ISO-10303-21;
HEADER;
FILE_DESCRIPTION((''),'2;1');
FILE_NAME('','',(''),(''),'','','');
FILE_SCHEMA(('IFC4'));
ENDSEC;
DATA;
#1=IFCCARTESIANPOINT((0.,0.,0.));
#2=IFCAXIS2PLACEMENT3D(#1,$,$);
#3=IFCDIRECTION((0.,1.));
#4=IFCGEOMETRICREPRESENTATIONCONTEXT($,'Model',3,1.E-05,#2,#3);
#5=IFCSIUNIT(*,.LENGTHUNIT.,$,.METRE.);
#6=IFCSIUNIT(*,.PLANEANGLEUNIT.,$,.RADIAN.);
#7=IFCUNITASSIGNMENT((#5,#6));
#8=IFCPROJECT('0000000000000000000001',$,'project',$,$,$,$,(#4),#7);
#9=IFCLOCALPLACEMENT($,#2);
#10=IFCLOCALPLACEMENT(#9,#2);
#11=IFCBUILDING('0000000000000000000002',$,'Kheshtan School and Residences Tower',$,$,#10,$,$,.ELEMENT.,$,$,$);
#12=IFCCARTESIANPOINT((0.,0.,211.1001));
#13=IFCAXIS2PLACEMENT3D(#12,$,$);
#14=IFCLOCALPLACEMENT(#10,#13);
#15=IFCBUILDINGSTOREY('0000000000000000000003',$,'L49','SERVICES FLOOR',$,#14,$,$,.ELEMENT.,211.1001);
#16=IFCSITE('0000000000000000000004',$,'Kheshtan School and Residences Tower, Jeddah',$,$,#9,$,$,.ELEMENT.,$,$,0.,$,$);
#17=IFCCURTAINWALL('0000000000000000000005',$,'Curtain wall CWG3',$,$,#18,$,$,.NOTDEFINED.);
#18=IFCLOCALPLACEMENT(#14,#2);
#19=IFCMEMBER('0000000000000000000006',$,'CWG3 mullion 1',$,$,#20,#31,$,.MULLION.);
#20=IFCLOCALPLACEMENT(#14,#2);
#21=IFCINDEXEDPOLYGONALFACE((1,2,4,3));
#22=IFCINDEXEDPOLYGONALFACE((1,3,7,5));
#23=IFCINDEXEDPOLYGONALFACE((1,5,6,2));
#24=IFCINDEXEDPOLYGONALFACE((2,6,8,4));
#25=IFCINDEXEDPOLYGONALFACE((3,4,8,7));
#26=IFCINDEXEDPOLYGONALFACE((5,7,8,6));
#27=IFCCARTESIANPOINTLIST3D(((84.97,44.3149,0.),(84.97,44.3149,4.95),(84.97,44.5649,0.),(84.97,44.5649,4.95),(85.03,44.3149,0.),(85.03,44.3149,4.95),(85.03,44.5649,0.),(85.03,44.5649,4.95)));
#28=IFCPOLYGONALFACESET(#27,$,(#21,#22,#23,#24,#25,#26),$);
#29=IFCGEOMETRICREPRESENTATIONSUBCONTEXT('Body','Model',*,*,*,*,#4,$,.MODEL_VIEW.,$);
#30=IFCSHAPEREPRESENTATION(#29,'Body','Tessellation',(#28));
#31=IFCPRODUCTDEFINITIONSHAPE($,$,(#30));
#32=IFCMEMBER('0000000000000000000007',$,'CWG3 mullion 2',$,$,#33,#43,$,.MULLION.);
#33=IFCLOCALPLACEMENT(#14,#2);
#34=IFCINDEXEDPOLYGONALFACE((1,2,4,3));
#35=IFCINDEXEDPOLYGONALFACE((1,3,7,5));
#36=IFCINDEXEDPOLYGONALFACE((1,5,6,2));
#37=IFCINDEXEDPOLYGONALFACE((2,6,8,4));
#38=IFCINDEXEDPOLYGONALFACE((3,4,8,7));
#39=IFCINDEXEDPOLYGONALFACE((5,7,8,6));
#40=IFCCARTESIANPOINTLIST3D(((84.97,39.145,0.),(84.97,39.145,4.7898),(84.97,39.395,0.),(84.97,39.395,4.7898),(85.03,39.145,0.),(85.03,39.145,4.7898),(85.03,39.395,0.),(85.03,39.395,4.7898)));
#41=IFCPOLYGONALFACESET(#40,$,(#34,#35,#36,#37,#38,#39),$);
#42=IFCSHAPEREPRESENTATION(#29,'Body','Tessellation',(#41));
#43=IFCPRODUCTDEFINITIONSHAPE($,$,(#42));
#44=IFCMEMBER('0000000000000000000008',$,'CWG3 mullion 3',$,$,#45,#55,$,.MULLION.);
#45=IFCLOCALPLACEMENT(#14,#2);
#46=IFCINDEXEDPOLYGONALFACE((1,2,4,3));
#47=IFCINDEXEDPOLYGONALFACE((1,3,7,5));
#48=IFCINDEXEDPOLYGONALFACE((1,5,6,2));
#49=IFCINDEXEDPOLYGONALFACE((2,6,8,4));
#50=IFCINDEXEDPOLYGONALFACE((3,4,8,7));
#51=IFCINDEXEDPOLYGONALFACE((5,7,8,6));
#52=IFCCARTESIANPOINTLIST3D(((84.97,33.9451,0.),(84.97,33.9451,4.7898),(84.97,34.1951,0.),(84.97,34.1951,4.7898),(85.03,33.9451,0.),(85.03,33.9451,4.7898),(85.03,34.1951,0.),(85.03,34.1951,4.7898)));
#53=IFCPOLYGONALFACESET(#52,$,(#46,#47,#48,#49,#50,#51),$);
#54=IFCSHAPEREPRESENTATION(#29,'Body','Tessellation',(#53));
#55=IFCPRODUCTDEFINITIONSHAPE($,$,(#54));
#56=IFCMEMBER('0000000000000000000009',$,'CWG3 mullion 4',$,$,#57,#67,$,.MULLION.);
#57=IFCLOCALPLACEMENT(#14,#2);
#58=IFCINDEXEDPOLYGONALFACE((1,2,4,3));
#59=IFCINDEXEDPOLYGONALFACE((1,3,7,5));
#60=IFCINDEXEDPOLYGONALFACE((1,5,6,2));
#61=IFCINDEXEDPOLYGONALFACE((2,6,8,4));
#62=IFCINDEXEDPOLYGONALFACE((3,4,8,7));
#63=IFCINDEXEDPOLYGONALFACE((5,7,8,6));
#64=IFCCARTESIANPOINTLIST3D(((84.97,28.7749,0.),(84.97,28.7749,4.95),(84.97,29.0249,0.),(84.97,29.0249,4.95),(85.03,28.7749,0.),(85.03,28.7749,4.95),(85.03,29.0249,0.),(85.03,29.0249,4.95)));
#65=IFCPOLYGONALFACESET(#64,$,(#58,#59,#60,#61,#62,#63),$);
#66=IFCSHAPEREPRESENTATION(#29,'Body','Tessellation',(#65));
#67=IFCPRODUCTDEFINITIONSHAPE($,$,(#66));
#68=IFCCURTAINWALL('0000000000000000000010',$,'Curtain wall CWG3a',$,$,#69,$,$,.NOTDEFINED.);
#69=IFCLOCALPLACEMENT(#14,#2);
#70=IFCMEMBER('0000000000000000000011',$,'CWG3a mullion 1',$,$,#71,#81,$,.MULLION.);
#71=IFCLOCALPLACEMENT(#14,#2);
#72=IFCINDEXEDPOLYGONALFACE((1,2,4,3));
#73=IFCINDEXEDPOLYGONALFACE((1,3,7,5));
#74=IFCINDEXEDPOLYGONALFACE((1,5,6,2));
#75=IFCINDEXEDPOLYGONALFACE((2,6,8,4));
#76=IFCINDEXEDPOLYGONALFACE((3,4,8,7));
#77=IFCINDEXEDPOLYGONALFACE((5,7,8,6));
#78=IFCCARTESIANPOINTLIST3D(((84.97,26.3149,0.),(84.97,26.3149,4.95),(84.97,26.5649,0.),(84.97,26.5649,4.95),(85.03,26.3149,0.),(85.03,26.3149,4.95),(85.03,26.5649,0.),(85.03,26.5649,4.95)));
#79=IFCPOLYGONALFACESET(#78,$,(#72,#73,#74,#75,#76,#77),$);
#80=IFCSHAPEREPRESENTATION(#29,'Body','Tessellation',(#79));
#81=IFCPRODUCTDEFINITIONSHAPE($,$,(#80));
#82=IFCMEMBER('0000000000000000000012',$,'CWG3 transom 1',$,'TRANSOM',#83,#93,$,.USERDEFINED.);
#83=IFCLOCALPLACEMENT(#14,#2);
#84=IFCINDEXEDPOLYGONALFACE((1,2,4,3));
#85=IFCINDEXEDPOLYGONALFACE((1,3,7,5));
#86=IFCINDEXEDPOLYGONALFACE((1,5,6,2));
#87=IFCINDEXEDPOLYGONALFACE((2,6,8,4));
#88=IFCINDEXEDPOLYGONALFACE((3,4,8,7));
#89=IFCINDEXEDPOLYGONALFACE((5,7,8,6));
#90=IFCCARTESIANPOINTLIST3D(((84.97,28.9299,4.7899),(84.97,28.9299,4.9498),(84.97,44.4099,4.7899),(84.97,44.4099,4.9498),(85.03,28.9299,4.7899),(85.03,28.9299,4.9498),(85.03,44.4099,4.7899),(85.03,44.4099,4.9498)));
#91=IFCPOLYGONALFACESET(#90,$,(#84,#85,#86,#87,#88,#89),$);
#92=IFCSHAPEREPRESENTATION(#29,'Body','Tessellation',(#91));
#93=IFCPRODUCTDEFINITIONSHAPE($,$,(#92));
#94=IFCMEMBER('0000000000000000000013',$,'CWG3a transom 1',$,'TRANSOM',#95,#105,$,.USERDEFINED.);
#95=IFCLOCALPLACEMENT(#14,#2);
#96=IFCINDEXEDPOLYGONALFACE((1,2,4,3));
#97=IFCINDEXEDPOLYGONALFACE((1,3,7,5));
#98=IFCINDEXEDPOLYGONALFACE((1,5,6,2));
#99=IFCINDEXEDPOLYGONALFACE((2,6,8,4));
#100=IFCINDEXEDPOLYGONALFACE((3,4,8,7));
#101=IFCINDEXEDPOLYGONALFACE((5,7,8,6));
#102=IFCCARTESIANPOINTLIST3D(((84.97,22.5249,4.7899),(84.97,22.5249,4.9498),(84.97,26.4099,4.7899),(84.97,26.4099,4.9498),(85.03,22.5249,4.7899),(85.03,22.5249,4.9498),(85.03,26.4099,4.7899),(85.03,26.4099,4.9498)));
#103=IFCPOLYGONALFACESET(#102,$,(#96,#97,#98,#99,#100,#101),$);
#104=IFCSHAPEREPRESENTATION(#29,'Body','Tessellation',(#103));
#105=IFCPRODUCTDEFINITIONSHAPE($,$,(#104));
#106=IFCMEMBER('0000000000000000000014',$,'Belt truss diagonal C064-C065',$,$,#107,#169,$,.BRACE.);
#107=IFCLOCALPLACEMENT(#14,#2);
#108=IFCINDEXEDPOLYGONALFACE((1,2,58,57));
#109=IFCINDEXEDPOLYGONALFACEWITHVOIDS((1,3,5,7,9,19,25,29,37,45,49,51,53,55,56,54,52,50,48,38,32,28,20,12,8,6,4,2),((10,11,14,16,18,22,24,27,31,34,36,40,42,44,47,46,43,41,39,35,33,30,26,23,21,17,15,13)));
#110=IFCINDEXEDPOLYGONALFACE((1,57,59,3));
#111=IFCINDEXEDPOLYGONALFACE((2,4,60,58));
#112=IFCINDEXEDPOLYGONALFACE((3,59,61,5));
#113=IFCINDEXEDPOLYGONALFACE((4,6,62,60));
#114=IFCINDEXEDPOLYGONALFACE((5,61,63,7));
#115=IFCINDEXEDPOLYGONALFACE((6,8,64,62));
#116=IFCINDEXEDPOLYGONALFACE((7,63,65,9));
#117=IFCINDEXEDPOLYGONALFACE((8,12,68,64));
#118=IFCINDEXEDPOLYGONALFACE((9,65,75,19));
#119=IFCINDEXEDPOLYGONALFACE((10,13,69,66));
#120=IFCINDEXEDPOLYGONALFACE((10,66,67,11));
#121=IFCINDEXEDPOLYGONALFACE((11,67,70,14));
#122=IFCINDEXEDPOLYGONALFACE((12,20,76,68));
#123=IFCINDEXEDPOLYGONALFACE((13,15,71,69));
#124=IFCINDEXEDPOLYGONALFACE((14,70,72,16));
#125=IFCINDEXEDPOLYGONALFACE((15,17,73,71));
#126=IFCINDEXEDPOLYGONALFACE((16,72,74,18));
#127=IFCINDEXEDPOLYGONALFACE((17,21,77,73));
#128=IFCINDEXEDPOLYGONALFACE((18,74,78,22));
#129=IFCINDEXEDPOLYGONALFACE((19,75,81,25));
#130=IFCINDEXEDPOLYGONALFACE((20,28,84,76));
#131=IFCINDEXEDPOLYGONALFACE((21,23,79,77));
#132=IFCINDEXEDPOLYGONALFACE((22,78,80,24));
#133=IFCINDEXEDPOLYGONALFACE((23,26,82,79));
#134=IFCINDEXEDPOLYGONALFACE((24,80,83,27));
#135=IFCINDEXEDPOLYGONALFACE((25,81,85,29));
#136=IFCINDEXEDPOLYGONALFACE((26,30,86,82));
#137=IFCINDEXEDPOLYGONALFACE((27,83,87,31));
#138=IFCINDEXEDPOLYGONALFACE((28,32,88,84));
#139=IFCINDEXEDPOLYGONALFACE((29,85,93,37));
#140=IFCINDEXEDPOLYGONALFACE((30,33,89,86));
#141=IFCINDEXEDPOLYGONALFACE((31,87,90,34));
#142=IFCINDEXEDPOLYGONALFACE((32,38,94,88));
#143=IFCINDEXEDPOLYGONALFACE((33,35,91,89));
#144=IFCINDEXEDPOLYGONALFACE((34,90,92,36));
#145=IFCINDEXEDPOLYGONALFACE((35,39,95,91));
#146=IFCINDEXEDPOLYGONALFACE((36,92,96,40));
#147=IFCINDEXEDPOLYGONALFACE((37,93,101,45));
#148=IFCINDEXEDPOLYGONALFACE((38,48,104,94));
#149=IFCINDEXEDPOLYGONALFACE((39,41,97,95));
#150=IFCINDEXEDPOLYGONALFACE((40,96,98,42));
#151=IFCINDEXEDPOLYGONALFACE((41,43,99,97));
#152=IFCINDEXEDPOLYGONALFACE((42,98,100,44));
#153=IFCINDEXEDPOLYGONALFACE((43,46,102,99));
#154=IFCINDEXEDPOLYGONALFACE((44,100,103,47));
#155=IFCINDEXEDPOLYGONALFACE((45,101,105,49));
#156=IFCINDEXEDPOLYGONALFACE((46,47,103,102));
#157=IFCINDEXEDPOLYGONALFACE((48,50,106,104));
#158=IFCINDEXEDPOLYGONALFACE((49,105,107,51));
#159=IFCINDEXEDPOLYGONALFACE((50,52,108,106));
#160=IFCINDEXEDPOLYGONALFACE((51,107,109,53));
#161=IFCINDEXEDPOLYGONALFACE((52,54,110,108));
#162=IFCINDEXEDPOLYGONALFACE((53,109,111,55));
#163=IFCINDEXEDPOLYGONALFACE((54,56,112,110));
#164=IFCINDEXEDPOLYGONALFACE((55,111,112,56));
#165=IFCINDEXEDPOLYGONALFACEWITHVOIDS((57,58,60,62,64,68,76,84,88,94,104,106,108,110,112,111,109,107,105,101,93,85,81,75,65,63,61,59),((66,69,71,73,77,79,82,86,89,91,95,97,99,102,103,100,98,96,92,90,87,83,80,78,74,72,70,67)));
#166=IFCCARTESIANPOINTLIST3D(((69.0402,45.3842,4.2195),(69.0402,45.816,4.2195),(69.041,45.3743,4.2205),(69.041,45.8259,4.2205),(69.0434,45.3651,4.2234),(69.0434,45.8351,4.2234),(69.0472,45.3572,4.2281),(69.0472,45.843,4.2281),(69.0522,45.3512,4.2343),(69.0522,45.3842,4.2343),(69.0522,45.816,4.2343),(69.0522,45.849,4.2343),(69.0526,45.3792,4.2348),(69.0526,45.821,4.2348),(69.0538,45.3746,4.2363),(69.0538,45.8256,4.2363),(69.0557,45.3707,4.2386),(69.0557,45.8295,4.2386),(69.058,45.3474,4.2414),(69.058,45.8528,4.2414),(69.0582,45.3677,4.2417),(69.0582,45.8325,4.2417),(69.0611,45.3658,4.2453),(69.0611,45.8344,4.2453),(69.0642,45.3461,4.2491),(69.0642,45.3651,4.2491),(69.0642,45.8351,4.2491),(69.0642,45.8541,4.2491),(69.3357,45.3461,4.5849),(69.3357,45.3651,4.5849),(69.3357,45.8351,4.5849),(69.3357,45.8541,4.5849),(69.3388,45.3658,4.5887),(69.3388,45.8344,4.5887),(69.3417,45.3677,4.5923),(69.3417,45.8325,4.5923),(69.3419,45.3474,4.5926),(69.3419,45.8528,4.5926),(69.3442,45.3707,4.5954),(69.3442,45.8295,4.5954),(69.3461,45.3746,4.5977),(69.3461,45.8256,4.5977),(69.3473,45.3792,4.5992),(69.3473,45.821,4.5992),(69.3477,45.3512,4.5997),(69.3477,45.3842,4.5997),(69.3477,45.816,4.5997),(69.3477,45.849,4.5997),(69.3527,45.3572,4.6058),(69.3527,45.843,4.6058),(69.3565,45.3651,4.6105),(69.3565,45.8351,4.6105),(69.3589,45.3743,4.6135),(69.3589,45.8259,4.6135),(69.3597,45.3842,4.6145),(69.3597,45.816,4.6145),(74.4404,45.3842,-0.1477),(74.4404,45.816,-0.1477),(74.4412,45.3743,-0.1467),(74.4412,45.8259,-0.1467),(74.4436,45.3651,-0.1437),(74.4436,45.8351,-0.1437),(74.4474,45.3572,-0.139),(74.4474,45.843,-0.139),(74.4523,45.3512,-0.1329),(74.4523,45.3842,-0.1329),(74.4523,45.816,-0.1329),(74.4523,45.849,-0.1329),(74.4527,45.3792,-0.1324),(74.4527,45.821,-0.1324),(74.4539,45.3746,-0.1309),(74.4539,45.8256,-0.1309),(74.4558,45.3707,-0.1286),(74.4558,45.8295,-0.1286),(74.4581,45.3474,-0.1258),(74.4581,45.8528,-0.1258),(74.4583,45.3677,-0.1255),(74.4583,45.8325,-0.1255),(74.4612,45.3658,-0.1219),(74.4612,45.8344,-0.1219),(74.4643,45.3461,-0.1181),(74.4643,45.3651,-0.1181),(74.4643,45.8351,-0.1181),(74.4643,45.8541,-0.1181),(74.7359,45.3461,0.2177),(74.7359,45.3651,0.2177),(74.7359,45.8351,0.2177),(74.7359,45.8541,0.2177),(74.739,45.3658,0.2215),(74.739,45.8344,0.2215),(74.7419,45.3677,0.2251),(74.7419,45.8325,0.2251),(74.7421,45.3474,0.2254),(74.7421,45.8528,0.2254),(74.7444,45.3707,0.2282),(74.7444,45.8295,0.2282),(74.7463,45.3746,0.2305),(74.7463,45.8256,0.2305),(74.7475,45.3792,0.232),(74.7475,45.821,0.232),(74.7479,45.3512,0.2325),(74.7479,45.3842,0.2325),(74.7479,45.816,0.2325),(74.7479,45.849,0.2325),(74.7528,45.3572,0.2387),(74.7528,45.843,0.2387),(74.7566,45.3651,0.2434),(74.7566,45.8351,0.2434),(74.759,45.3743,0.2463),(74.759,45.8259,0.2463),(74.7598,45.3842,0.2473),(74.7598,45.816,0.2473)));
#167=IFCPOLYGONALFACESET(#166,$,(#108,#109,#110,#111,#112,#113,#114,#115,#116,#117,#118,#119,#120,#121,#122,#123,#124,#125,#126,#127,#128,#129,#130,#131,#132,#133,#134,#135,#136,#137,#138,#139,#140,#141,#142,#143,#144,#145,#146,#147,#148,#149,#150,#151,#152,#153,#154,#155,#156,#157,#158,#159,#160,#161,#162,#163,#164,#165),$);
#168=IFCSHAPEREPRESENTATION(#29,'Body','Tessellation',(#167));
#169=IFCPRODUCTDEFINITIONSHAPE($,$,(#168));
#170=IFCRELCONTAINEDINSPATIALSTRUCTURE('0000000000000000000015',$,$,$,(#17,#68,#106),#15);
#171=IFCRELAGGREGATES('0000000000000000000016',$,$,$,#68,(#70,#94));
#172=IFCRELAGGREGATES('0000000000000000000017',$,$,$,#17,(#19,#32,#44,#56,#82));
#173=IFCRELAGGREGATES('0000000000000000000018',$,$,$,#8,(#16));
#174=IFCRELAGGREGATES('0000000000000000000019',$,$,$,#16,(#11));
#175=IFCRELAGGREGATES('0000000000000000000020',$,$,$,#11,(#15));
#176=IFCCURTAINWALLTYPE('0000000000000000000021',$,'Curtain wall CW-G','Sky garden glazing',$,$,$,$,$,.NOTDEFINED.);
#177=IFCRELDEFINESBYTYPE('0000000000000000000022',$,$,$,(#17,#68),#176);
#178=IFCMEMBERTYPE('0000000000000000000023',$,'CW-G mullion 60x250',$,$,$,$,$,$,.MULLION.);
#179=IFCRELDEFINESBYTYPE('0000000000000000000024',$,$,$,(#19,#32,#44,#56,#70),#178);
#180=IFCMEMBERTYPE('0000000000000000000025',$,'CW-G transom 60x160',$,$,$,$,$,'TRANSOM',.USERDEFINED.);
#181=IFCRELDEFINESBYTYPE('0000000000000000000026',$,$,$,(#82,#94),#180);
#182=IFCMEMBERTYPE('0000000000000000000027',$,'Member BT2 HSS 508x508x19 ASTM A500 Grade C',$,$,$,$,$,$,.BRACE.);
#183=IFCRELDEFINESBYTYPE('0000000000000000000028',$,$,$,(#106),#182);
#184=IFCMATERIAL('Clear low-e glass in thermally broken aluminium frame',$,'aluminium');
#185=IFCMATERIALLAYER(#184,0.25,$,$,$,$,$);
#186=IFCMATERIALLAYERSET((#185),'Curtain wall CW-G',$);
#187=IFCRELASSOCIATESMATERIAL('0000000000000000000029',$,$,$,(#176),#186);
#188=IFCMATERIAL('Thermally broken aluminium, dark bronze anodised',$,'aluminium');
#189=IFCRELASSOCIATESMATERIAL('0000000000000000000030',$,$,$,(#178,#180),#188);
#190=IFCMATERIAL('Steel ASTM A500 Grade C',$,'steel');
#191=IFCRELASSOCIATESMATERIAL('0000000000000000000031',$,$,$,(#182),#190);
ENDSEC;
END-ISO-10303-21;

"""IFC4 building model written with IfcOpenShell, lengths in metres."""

from ifc_helpers import new_model, si_unit, direction, frame, origin, origin_2d, place, context, subcontext, project, spatial, rectangle, hollow_rectangle, extrude, material, layer, layer_set, material_profile, profile_set, type_object, element, aggregate, save


model = new_model("IFC4")

# Units and contexts
model_context = context("Model", 3, precision=1e-05, world=origin(), true_north=direction((0.0, 1.0)))
body_context = subcontext(model_context, "Body", "Model", "MODEL_VIEW")
ifc_project = project(units=[si_unit("LENGTHUNIT", "METRE"), si_unit("PLANEANGLEUNIT", "RADIAN")], contexts=[model_context])

# Site, building, storey
site_placement = place(None, origin())
site = spatial("IfcSite", under=ifc_project, at=site_placement, Name="Kheshtan School and Residences Tower, Jeddah", CompositionType="ELEMENT", RefElevation=0.0)
building_placement = place(site_placement, origin())
building = spatial("IfcBuilding", under=site, at=building_placement, Name="Kheshtan School and Residences Tower", CompositionType="ELEMENT")
storey_placement = place(building_placement, frame((0.0, 0.0, 211.1001)))
storey = spatial("IfcBuildingStorey", under=building, at=storey_placement, Name="L49", Description="SERVICES FLOOR", CompositionType="ELEMENT", Elevation=211.1001)

# Curtain wall, members
ifc_material_1 = material(Name="Clear low-e glass in thermally broken aluminium frame", Category="aluminium")
ifc_layer_1 = layer(ifc_material_1, 0.25)
ifc_layer_set_1 = layer_set([ifc_layer_1], Name="Curtain wall CW-G")
curtain_wall_type = type_object("IfcCurtainWallType", Name="Curtain wall CW-G", Description="Sky garden glazing", PredefinedType="NOTDEFINED", material=ifc_layer_set_1)
curtain_wall_1_placement = place(storey_placement, origin())
curtain_wall_1 = element("IfcCurtainWall", 1, at=curtain_wall_1_placement, inside=storey, type_object=curtain_wall_type, Name="Curtain wall CWG3", PredefinedType="NOTDEFINED")
ifc_material_2 = material(Name="Thermally broken aluminium, dark bronze anodised", Category="aluminium")
ifc_material_profile_1 = material_profile(ifc_material_2, rectangle(XDim=0.0601, YDim=0.25, at=origin_2d()), Name="CW-G mullion 60x250")
ifc_profile_set_1 = profile_set([ifc_material_profile_1], Name="Thermally broken aluminium, dark bronze anodised")
member_type_1 = type_object("IfcMemberType", Name="CW-G mullion 60x250", PredefinedType="MULLION", material=ifc_profile_set_1)
member_1_placement = place(storey_placement, frame((85.0, 44.4399, 0.0), z_axis=(0.0, 0.0, 1.0), x_axis=(1.0, 0.0, 0.0)))
member_1 = element("IfcMember", 2, at=member_1_placement, type_object=member_type_1, Name="CWG3 mullion 1", PredefinedType="MULLION", context=body_context, shape_type="SweptSolid", body=[
    extrude(rectangle(XDim=0.0601, YDim=0.25, at=origin_2d()), origin(), (0.0, 0.0, 1.0), 4.95),
])
member_2_placement = place(storey_placement, frame((85.0, 39.27, 0.0), z_axis=(0.0, 0.0, 1.0), x_axis=(1.0, 0.0, 0.0)))
member_2 = element("IfcMember", 3, at=member_2_placement, type_object=member_type_1, Name="CWG3 mullion 2", PredefinedType="MULLION", context=body_context, shape_type="SweptSolid", body=[
    extrude(rectangle(XDim=0.0601, YDim=0.25, at=origin_2d()), origin(), (0.0, 0.0, 1.0), 4.7898),
])
member_3_placement = place(storey_placement, frame((85.0, 34.0701, 0.0), z_axis=(0.0, 0.0, 1.0), x_axis=(1.0, 0.0, 0.0)))
member_3 = element("IfcMember", 4, at=member_3_placement, type_object=member_type_1, Name="CWG3 mullion 3", PredefinedType="MULLION", context=body_context, shape_type="SweptSolid", body=[
    extrude(rectangle(XDim=0.0601, YDim=0.25, at=origin_2d()), origin(), (0.0, 0.0, 1.0), 4.7898),
])
member_4_placement = place(storey_placement, frame((85.0, 28.8999, 0.0), z_axis=(0.0, 0.0, 1.0), x_axis=(1.0, 0.0, 0.0)))
member_4 = element("IfcMember", 5, at=member_4_placement, type_object=member_type_1, Name="CWG3 mullion 4", PredefinedType="MULLION", context=body_context, shape_type="SweptSolid", body=[
    extrude(rectangle(XDim=0.0601, YDim=0.25, at=origin_2d()), origin(), (0.0, 0.0, 1.0), 4.95),
])

# Curtain wall, member
curtain_wall_2_placement = place(storey_placement, origin())
curtain_wall_2 = element("IfcCurtainWall", 6, at=curtain_wall_2_placement, inside=storey, type_object=curtain_wall_type, Name="Curtain wall CWG3a", PredefinedType="NOTDEFINED")
member_5_placement = place(storey_placement, frame((85.0, 26.4399, 0.0), z_axis=(0.0, 0.0, 1.0), x_axis=(1.0, 0.0, 0.0)))
member_5 = element("IfcMember", 7, at=member_5_placement, type_object=member_type_1, Name="CWG3a mullion 1", PredefinedType="MULLION", context=body_context, shape_type="SweptSolid", body=[
    extrude(rectangle(XDim=0.0601, YDim=0.25, at=origin_2d()), origin(), (0.0, 0.0, 1.0), 4.95),
])

# Members
ifc_material_profile_2 = material_profile(ifc_material_2, rectangle(XDim=0.0601, YDim=0.1599, at=origin_2d()), Name="CW-G transom 60x160")
ifc_profile_set_2 = profile_set([ifc_material_profile_2], Name="Thermally broken aluminium, dark bronze anodised")
member_type_2 = type_object("IfcMemberType", Name="CW-G transom 60x160", ElementType="TRANSOM", PredefinedType="USERDEFINED", material=ifc_profile_set_2)
member_6_placement = place(storey_placement, frame((85.0, 44.4099, 4.8699), z_axis=(0.0, -1.0, 0.0), x_axis=(1.0, 0.0, 0.0)))
member_6 = element("IfcMember", 8, at=member_6_placement, type_object=member_type_2, Name="CWG3 transom 1", ObjectType="TRANSOM", PredefinedType="USERDEFINED", context=body_context, shape_type="SweptSolid", body=[
    extrude(rectangle(XDim=0.0601, YDim=0.1599, at=origin_2d()), origin(), (0.0, 0.0, 1.0), 15.48),
])
member_7_placement = place(storey_placement, frame((85.0, 26.4099, 4.8699), z_axis=(0.0, -1.0, 0.0), x_axis=(1.0, 0.0, 0.0)))
member_7 = element("IfcMember", 9, at=member_7_placement, type_object=member_type_2, Name="CWG3a transom 1", ObjectType="TRANSOM", PredefinedType="USERDEFINED", context=body_context, shape_type="SweptSolid", body=[
    extrude(rectangle(XDim=0.0601, YDim=0.1599, at=origin_2d()), origin(), (0.0, 0.0, 1.0), 3.885),
])
aggregate(curtain_wall_2, [member_5, member_7])

# Member
ifc_material_3 = material(Name="Steel ASTM A500 Grade C", Category="steel")
ifc_material_profile_3 = material_profile(ifc_material_3, hollow_rectangle(XDim=0.5081, YDim=0.5081, WallThickness=0.019, InnerFilletRadius=0.019, OuterFilletRadius=0.0381, at=origin_2d()), Name="HSS 508x508x19")
ifc_profile_set_3 = profile_set([ifc_material_profile_3], Name="Steel ASTM A500 Grade C")
member_type_3 = type_object("IfcMemberType", Name="Member BT2 HSS 508x508x19 ASTM A500 Grade C", PredefinedType="BRACE", material=ifc_profile_set_3)
member_8_placement = place(storey_placement, frame((74.6001, 45.6001, 0.0498), z_axis=(-0.777552, 0.0, 0.628819), x_axis=(0.0, -1.0, 0.0)))
element("IfcMember", 10, at=member_8_placement, inside=storey, type_object=member_type_3, Name="Belt truss diagonal C064-C065", PredefinedType="BRACE", context=body_context, shape_type="SweptSolid", body=[
    extrude(hollow_rectangle(XDim=0.5081, YDim=0.5081, WallThickness=0.019, InnerFilletRadius=0.019, OuterFilletRadius=0.0381, at=origin_2d()), origin(), (0.0, 0.0, 1.0), 6.9451),
])

aggregate(curtain_wall_1, [member_1, member_2, member_3, member_4, member_6])

save(model, "model.ifc")
